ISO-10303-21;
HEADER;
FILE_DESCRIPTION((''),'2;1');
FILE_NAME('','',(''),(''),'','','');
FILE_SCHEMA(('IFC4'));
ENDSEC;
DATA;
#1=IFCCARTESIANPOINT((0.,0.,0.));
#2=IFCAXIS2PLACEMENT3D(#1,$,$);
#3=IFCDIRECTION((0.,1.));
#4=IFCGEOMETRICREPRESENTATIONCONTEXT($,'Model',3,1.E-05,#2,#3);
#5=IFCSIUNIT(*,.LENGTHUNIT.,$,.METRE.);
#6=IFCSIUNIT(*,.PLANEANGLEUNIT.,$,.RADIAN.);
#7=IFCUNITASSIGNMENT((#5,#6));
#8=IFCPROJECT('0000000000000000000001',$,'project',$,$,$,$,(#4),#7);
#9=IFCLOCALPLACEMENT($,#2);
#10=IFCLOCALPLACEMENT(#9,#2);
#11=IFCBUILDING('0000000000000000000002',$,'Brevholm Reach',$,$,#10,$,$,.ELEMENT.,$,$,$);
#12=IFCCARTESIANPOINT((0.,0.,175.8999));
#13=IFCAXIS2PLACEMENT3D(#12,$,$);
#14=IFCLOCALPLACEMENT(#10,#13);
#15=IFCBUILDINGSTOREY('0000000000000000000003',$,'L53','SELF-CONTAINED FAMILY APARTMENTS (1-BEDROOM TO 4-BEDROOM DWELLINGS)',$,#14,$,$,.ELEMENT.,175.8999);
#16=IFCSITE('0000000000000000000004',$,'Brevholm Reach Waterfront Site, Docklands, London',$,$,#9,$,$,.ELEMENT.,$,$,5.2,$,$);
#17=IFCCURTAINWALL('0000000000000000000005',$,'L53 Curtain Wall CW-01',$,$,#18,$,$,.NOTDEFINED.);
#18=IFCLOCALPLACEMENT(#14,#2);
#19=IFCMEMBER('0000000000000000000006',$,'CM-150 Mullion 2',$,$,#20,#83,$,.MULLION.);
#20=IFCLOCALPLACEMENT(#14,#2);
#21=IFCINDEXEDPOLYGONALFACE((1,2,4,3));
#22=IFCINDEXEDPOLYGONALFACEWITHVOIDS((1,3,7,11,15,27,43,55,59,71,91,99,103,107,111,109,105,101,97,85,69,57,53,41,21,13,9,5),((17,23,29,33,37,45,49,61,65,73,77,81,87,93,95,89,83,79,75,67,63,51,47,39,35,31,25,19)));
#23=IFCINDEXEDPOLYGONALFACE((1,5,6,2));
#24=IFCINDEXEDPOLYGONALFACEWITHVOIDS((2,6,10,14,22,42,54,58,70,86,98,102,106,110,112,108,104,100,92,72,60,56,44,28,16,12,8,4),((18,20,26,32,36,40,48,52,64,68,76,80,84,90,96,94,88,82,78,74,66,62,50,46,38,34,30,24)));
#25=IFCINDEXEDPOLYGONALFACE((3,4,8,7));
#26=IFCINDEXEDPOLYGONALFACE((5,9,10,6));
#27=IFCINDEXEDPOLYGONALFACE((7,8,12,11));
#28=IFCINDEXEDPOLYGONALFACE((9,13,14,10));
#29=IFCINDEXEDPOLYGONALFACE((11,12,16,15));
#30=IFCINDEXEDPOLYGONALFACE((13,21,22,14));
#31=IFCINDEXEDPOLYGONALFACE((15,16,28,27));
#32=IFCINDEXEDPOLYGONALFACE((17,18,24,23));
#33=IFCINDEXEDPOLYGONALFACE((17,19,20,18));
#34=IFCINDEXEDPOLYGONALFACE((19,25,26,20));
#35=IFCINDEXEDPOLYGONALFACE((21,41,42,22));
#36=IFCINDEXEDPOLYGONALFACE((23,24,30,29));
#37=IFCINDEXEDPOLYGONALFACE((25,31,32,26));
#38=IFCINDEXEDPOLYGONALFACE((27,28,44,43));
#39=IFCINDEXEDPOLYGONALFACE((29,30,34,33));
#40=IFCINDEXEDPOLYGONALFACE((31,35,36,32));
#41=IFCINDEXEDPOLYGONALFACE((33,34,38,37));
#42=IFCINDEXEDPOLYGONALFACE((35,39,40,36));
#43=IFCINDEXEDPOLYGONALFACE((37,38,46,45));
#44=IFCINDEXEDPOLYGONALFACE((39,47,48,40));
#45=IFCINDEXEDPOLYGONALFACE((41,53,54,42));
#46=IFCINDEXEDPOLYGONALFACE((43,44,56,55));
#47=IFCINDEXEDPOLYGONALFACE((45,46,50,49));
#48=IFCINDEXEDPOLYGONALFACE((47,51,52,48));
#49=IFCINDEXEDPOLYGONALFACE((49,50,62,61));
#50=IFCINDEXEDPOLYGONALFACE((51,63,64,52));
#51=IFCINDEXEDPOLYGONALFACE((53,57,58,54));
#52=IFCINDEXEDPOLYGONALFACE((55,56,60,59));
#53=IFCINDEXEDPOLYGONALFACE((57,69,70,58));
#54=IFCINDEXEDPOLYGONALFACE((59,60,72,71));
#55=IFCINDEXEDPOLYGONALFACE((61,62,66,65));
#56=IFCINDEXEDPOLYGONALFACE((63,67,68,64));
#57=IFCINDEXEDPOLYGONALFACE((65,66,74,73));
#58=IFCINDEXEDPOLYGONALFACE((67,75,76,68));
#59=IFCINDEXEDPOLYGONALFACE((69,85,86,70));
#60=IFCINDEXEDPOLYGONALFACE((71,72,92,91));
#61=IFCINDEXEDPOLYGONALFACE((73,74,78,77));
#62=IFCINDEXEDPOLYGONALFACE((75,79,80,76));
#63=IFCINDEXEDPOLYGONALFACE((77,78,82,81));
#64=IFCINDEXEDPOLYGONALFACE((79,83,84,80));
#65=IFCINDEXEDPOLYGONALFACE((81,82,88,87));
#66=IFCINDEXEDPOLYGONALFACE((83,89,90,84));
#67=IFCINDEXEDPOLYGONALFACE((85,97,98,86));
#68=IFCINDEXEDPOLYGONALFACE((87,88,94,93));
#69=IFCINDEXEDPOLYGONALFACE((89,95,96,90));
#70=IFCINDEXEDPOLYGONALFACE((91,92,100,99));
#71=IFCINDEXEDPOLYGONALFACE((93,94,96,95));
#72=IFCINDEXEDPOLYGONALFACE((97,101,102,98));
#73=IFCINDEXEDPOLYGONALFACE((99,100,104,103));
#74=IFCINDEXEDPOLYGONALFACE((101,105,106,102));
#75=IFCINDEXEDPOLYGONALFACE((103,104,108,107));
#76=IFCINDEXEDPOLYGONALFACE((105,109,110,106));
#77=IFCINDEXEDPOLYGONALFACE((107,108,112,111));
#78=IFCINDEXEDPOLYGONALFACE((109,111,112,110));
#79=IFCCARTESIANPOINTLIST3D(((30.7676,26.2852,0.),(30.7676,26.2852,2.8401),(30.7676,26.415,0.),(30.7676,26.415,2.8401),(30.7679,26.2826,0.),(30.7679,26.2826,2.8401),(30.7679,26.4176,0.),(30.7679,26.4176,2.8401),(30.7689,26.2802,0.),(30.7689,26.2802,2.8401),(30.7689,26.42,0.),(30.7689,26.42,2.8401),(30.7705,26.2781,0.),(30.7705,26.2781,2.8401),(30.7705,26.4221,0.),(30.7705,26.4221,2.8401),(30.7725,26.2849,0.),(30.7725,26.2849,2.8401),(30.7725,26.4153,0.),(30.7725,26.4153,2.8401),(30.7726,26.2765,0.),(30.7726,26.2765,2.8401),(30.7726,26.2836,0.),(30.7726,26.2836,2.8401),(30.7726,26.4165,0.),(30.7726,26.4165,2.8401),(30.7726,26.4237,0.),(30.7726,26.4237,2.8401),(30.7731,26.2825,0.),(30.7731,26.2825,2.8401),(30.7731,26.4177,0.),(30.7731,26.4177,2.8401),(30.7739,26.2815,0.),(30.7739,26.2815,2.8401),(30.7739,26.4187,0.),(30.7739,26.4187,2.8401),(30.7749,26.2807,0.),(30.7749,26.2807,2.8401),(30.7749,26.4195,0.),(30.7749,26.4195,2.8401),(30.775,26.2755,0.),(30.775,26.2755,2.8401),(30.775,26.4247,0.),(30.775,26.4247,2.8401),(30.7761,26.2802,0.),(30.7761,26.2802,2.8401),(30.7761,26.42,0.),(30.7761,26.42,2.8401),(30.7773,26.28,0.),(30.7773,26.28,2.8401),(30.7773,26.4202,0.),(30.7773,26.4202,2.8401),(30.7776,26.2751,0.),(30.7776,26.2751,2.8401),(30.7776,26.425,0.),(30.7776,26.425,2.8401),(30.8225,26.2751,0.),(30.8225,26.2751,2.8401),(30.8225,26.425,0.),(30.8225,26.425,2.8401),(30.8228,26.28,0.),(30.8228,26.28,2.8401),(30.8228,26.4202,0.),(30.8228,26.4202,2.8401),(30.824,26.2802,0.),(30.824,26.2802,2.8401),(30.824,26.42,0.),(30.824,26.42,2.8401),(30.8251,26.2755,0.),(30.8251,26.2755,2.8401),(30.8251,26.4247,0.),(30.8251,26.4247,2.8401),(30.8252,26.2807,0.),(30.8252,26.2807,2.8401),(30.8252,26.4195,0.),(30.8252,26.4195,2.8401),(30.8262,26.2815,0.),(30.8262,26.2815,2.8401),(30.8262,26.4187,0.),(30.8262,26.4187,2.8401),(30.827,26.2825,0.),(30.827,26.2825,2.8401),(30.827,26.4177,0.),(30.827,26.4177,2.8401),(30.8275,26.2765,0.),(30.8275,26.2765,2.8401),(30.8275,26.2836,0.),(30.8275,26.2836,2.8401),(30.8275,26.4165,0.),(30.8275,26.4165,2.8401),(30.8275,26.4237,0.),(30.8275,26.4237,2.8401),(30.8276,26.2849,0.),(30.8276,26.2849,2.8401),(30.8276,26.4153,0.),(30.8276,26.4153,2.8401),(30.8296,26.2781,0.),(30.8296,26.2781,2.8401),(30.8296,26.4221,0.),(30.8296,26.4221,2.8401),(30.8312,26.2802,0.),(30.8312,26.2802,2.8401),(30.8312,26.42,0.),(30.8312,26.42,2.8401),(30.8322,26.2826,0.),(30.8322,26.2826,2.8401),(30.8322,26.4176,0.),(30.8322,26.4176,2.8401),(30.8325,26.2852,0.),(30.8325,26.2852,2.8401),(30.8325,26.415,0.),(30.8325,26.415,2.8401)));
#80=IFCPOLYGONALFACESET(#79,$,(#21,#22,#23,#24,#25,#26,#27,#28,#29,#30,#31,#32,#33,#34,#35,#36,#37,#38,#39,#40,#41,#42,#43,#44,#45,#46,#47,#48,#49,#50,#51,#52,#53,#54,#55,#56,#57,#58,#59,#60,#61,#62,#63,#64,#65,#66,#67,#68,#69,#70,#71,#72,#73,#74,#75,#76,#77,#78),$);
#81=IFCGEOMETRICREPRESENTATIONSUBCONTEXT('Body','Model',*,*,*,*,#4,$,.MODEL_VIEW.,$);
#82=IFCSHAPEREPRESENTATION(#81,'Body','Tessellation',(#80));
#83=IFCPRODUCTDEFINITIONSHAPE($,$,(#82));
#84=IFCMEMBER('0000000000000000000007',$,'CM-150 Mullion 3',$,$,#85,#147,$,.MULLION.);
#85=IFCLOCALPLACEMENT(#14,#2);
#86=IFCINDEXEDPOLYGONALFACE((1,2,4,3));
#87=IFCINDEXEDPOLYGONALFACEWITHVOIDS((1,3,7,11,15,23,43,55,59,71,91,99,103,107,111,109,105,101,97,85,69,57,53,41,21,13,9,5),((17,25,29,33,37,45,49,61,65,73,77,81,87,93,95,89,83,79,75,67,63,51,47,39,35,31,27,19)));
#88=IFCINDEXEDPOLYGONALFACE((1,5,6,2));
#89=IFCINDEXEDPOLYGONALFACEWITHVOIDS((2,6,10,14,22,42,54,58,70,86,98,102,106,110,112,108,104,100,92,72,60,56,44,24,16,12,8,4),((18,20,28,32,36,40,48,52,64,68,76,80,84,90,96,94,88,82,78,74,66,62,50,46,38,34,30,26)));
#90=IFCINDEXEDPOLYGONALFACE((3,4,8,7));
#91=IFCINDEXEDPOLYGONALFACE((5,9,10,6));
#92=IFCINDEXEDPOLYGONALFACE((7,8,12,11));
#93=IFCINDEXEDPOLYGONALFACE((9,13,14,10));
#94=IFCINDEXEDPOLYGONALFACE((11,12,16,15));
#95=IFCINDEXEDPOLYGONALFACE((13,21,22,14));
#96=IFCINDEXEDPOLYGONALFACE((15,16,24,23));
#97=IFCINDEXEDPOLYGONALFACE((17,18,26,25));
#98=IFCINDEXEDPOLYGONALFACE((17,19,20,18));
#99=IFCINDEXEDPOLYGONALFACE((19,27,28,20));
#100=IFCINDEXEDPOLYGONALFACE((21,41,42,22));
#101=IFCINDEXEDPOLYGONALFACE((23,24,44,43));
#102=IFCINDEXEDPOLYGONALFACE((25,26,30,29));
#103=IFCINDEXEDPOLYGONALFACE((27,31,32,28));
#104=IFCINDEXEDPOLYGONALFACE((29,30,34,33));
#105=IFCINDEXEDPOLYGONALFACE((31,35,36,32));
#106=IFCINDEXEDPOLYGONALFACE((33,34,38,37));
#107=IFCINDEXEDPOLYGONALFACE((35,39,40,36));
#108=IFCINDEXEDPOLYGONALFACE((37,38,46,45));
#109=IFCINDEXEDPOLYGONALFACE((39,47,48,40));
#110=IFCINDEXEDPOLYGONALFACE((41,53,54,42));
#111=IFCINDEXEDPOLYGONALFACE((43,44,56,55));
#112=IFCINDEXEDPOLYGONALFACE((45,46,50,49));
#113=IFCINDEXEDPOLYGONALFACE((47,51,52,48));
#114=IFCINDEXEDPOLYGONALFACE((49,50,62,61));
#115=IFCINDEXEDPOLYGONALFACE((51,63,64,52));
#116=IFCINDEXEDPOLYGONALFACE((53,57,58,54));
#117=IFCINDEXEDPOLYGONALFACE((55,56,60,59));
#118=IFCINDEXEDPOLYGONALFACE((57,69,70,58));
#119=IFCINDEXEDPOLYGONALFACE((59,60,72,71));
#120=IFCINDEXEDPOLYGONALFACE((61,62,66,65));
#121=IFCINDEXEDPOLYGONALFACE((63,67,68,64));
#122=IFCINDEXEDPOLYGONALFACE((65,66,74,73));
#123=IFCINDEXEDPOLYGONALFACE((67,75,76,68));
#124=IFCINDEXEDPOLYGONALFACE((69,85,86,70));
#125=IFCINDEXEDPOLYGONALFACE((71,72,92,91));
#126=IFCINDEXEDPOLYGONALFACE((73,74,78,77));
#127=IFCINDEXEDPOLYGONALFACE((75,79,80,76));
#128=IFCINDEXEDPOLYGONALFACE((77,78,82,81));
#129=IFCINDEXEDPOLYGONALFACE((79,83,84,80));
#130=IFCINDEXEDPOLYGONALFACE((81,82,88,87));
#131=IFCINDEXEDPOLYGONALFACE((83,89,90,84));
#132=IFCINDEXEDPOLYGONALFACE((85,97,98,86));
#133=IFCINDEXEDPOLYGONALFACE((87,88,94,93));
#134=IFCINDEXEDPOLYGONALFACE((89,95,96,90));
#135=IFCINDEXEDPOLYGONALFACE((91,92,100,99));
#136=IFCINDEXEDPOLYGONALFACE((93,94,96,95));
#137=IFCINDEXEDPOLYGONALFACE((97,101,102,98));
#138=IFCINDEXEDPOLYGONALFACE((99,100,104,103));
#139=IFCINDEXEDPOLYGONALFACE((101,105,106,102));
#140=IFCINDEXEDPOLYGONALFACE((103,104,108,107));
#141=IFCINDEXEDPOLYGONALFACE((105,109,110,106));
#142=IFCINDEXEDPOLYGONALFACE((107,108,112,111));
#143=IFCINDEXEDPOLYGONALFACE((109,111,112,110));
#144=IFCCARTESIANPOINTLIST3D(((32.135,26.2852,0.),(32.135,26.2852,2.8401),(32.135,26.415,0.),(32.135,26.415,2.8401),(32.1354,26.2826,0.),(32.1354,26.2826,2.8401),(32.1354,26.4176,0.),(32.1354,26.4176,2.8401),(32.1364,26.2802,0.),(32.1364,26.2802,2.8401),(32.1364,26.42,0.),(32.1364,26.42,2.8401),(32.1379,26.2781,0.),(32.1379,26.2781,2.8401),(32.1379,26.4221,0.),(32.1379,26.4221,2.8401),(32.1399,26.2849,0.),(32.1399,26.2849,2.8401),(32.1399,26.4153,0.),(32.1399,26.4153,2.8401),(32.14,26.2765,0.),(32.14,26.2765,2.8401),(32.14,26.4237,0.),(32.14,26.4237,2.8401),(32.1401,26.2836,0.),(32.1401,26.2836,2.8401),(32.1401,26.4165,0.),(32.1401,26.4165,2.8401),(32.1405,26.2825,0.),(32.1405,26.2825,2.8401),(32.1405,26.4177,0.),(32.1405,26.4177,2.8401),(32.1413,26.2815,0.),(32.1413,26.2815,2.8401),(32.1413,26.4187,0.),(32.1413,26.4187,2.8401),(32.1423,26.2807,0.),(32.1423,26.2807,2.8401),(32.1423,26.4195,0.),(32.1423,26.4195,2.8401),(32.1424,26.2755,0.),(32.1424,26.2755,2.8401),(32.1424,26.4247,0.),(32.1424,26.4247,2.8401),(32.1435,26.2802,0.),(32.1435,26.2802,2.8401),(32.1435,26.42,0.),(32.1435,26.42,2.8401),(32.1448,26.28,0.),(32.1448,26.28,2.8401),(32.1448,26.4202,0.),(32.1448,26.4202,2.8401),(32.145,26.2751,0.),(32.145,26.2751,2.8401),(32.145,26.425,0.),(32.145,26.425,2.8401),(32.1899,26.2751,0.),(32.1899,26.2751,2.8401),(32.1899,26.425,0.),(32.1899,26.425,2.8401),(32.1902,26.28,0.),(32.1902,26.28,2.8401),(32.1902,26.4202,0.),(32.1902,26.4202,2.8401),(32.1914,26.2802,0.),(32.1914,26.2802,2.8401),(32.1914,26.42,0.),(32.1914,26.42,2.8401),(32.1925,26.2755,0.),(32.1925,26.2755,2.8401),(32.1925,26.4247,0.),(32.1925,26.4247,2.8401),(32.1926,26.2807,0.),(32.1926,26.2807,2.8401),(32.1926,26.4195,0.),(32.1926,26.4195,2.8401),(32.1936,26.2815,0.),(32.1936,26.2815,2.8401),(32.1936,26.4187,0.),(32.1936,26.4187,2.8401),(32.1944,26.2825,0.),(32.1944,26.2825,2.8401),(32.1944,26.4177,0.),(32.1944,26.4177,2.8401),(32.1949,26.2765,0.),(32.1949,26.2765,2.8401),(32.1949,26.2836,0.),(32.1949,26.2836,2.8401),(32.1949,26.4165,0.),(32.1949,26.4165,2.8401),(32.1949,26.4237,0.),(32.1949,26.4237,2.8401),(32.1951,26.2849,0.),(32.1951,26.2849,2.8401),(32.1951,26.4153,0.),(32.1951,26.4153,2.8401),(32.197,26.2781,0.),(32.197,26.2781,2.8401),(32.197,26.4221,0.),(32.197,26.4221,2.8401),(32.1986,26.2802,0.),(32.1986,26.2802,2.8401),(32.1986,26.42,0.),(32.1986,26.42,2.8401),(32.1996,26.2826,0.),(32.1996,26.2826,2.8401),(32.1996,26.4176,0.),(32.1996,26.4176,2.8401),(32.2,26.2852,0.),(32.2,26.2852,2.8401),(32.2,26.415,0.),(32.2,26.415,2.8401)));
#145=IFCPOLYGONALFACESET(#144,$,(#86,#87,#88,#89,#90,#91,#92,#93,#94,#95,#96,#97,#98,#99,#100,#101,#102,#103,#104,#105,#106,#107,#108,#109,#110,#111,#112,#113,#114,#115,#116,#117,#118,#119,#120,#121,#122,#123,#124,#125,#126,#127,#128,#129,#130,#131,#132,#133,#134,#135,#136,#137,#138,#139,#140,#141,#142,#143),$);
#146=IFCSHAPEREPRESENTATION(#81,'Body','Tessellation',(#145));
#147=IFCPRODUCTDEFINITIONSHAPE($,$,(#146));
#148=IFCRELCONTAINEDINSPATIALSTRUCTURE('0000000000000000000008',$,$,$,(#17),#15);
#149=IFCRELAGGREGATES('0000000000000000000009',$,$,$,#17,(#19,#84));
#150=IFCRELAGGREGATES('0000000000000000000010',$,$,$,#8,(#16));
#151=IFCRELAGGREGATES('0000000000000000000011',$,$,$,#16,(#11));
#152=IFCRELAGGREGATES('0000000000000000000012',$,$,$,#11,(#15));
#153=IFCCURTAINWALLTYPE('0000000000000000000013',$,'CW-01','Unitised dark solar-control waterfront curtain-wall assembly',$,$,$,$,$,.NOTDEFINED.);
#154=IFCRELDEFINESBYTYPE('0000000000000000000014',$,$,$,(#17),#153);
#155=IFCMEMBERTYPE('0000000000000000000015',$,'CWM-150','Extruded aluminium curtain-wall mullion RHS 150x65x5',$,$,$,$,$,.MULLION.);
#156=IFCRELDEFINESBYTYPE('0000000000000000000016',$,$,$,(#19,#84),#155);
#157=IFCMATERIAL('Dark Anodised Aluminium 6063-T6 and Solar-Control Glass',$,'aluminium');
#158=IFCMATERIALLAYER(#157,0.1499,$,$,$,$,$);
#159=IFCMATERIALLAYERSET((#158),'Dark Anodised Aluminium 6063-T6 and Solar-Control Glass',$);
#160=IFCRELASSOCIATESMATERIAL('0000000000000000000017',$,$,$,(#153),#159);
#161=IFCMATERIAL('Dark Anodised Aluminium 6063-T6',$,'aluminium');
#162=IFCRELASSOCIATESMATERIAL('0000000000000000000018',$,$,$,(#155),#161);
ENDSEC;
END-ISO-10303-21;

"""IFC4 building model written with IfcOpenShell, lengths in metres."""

from ifc_helpers import new_model, si_unit, direction, frame, origin, origin_2d, place, context, subcontext, project, spatial, hollow_rectangle, extrude, material, layer, layer_set, material_profile, profile_set, type_object, element, aggregate, save


model = new_model("IFC4")

# Units and contexts
model_context = context("Model", 3, precision=1e-05, world=origin(), true_north=direction((0.0, 1.0)))
body_context = subcontext(model_context, "Body", "Model", "MODEL_VIEW")
ifc_project = project(units=[si_unit("LENGTHUNIT", "METRE"), si_unit("PLANEANGLEUNIT", "RADIAN")], contexts=[model_context])

# Site, building, storey
site_placement = place(None, origin())
site = spatial("IfcSite", under=ifc_project, at=site_placement, Name="Brevholm Reach Waterfront Site, Docklands, London", CompositionType="ELEMENT", RefElevation=5.2)
building_placement = place(site_placement, origin())
building = spatial("IfcBuilding", under=site, at=building_placement, Name="Brevholm Reach", CompositionType="ELEMENT")
storey_placement = place(building_placement, frame((0.0, 0.0, 175.8999)))
storey = spatial("IfcBuildingStorey", under=building, at=storey_placement, Name="L53", Description="SELF-CONTAINED FAMILY APARTMENTS (1-BEDROOM TO 4-BEDROOM DWELLINGS)", CompositionType="ELEMENT", Elevation=175.8999)

# Curtain wall, members
ifc_material_1 = material(Name="Dark Anodised Aluminium 6063-T6 and Solar-Control Glass", Category="aluminium")
ifc_layer_1 = layer(ifc_material_1, 0.1499)
ifc_layer_set_1 = layer_set([ifc_layer_1], Name="Dark Anodised Aluminium 6063-T6 and Solar-Control Glass")
curtain_wall_type_1 = type_object("IfcCurtainWallType", Name="CW-01", Description="Unitised dark solar-control waterfront curtain-wall assembly", PredefinedType="NOTDEFINED", material=ifc_layer_set_1)
curtain_wall_1_placement = place(storey_placement, origin())
curtain_wall_1 = element("IfcCurtainWall", 1, at=curtain_wall_1_placement, inside=storey, type_object=curtain_wall_type_1, Name="L53 Curtain Wall CW-01", PredefinedType="NOTDEFINED")
ifc_material_2 = material(Name="Dark Anodised Aluminium 6063-T6", Category="aluminium")
ifc_material_profile_1 = material_profile(ifc_material_2, hollow_rectangle(XDim=0.0649, YDim=0.1499, WallThickness=0.0049, InnerFilletRadius=0.0049, OuterFilletRadius=0.01, at=origin_2d()), Name="RHS 150x65x5")
ifc_profile_set_1 = profile_set([ifc_material_profile_1], Name="Dark Anodised Aluminium 6063-T6")
member_type_1 = type_object("IfcMemberType", Name="CWM-150", Description="Extruded aluminium curtain-wall mullion RHS 150x65x5", PredefinedType="MULLION", material=ifc_profile_set_1)
member_1_placement = place(storey_placement, frame((30.8, 26.3501, 0.0), z_axis=(0.0, 0.0, 1.0), x_axis=(1.0, 0.0, 0.0)))
member_1 = element("IfcMember", 2, at=member_1_placement, type_object=member_type_1, Name="CM-150 Mullion 2", PredefinedType="MULLION", context=body_context, shape_type="SweptSolid", body=[
    extrude(hollow_rectangle(XDim=0.0649, YDim=0.1499, WallThickness=0.0049, InnerFilletRadius=0.0049, OuterFilletRadius=0.01, at=origin_2d()), origin(), (0.0, 0.0, 1.0), 2.8401),
])
member_2_placement = place(storey_placement, frame((32.1675, 26.3501, 0.0), z_axis=(0.0, 0.0, 1.0), x_axis=(1.0, 0.0, 0.0)))
member_2 = element("IfcMember", 3, at=member_2_placement, type_object=member_type_1, Name="CM-150 Mullion 3", PredefinedType="MULLION", context=body_context, shape_type="SweptSolid", body=[
    extrude(hollow_rectangle(XDim=0.0649, YDim=0.1499, WallThickness=0.0049, InnerFilletRadius=0.0049, OuterFilletRadius=0.01, at=origin_2d()), origin(), (0.0, 0.0, 1.0), 2.8401),
])

aggregate(curtain_wall_1, [member_1, member_2])

save(model, "model.ifc")
